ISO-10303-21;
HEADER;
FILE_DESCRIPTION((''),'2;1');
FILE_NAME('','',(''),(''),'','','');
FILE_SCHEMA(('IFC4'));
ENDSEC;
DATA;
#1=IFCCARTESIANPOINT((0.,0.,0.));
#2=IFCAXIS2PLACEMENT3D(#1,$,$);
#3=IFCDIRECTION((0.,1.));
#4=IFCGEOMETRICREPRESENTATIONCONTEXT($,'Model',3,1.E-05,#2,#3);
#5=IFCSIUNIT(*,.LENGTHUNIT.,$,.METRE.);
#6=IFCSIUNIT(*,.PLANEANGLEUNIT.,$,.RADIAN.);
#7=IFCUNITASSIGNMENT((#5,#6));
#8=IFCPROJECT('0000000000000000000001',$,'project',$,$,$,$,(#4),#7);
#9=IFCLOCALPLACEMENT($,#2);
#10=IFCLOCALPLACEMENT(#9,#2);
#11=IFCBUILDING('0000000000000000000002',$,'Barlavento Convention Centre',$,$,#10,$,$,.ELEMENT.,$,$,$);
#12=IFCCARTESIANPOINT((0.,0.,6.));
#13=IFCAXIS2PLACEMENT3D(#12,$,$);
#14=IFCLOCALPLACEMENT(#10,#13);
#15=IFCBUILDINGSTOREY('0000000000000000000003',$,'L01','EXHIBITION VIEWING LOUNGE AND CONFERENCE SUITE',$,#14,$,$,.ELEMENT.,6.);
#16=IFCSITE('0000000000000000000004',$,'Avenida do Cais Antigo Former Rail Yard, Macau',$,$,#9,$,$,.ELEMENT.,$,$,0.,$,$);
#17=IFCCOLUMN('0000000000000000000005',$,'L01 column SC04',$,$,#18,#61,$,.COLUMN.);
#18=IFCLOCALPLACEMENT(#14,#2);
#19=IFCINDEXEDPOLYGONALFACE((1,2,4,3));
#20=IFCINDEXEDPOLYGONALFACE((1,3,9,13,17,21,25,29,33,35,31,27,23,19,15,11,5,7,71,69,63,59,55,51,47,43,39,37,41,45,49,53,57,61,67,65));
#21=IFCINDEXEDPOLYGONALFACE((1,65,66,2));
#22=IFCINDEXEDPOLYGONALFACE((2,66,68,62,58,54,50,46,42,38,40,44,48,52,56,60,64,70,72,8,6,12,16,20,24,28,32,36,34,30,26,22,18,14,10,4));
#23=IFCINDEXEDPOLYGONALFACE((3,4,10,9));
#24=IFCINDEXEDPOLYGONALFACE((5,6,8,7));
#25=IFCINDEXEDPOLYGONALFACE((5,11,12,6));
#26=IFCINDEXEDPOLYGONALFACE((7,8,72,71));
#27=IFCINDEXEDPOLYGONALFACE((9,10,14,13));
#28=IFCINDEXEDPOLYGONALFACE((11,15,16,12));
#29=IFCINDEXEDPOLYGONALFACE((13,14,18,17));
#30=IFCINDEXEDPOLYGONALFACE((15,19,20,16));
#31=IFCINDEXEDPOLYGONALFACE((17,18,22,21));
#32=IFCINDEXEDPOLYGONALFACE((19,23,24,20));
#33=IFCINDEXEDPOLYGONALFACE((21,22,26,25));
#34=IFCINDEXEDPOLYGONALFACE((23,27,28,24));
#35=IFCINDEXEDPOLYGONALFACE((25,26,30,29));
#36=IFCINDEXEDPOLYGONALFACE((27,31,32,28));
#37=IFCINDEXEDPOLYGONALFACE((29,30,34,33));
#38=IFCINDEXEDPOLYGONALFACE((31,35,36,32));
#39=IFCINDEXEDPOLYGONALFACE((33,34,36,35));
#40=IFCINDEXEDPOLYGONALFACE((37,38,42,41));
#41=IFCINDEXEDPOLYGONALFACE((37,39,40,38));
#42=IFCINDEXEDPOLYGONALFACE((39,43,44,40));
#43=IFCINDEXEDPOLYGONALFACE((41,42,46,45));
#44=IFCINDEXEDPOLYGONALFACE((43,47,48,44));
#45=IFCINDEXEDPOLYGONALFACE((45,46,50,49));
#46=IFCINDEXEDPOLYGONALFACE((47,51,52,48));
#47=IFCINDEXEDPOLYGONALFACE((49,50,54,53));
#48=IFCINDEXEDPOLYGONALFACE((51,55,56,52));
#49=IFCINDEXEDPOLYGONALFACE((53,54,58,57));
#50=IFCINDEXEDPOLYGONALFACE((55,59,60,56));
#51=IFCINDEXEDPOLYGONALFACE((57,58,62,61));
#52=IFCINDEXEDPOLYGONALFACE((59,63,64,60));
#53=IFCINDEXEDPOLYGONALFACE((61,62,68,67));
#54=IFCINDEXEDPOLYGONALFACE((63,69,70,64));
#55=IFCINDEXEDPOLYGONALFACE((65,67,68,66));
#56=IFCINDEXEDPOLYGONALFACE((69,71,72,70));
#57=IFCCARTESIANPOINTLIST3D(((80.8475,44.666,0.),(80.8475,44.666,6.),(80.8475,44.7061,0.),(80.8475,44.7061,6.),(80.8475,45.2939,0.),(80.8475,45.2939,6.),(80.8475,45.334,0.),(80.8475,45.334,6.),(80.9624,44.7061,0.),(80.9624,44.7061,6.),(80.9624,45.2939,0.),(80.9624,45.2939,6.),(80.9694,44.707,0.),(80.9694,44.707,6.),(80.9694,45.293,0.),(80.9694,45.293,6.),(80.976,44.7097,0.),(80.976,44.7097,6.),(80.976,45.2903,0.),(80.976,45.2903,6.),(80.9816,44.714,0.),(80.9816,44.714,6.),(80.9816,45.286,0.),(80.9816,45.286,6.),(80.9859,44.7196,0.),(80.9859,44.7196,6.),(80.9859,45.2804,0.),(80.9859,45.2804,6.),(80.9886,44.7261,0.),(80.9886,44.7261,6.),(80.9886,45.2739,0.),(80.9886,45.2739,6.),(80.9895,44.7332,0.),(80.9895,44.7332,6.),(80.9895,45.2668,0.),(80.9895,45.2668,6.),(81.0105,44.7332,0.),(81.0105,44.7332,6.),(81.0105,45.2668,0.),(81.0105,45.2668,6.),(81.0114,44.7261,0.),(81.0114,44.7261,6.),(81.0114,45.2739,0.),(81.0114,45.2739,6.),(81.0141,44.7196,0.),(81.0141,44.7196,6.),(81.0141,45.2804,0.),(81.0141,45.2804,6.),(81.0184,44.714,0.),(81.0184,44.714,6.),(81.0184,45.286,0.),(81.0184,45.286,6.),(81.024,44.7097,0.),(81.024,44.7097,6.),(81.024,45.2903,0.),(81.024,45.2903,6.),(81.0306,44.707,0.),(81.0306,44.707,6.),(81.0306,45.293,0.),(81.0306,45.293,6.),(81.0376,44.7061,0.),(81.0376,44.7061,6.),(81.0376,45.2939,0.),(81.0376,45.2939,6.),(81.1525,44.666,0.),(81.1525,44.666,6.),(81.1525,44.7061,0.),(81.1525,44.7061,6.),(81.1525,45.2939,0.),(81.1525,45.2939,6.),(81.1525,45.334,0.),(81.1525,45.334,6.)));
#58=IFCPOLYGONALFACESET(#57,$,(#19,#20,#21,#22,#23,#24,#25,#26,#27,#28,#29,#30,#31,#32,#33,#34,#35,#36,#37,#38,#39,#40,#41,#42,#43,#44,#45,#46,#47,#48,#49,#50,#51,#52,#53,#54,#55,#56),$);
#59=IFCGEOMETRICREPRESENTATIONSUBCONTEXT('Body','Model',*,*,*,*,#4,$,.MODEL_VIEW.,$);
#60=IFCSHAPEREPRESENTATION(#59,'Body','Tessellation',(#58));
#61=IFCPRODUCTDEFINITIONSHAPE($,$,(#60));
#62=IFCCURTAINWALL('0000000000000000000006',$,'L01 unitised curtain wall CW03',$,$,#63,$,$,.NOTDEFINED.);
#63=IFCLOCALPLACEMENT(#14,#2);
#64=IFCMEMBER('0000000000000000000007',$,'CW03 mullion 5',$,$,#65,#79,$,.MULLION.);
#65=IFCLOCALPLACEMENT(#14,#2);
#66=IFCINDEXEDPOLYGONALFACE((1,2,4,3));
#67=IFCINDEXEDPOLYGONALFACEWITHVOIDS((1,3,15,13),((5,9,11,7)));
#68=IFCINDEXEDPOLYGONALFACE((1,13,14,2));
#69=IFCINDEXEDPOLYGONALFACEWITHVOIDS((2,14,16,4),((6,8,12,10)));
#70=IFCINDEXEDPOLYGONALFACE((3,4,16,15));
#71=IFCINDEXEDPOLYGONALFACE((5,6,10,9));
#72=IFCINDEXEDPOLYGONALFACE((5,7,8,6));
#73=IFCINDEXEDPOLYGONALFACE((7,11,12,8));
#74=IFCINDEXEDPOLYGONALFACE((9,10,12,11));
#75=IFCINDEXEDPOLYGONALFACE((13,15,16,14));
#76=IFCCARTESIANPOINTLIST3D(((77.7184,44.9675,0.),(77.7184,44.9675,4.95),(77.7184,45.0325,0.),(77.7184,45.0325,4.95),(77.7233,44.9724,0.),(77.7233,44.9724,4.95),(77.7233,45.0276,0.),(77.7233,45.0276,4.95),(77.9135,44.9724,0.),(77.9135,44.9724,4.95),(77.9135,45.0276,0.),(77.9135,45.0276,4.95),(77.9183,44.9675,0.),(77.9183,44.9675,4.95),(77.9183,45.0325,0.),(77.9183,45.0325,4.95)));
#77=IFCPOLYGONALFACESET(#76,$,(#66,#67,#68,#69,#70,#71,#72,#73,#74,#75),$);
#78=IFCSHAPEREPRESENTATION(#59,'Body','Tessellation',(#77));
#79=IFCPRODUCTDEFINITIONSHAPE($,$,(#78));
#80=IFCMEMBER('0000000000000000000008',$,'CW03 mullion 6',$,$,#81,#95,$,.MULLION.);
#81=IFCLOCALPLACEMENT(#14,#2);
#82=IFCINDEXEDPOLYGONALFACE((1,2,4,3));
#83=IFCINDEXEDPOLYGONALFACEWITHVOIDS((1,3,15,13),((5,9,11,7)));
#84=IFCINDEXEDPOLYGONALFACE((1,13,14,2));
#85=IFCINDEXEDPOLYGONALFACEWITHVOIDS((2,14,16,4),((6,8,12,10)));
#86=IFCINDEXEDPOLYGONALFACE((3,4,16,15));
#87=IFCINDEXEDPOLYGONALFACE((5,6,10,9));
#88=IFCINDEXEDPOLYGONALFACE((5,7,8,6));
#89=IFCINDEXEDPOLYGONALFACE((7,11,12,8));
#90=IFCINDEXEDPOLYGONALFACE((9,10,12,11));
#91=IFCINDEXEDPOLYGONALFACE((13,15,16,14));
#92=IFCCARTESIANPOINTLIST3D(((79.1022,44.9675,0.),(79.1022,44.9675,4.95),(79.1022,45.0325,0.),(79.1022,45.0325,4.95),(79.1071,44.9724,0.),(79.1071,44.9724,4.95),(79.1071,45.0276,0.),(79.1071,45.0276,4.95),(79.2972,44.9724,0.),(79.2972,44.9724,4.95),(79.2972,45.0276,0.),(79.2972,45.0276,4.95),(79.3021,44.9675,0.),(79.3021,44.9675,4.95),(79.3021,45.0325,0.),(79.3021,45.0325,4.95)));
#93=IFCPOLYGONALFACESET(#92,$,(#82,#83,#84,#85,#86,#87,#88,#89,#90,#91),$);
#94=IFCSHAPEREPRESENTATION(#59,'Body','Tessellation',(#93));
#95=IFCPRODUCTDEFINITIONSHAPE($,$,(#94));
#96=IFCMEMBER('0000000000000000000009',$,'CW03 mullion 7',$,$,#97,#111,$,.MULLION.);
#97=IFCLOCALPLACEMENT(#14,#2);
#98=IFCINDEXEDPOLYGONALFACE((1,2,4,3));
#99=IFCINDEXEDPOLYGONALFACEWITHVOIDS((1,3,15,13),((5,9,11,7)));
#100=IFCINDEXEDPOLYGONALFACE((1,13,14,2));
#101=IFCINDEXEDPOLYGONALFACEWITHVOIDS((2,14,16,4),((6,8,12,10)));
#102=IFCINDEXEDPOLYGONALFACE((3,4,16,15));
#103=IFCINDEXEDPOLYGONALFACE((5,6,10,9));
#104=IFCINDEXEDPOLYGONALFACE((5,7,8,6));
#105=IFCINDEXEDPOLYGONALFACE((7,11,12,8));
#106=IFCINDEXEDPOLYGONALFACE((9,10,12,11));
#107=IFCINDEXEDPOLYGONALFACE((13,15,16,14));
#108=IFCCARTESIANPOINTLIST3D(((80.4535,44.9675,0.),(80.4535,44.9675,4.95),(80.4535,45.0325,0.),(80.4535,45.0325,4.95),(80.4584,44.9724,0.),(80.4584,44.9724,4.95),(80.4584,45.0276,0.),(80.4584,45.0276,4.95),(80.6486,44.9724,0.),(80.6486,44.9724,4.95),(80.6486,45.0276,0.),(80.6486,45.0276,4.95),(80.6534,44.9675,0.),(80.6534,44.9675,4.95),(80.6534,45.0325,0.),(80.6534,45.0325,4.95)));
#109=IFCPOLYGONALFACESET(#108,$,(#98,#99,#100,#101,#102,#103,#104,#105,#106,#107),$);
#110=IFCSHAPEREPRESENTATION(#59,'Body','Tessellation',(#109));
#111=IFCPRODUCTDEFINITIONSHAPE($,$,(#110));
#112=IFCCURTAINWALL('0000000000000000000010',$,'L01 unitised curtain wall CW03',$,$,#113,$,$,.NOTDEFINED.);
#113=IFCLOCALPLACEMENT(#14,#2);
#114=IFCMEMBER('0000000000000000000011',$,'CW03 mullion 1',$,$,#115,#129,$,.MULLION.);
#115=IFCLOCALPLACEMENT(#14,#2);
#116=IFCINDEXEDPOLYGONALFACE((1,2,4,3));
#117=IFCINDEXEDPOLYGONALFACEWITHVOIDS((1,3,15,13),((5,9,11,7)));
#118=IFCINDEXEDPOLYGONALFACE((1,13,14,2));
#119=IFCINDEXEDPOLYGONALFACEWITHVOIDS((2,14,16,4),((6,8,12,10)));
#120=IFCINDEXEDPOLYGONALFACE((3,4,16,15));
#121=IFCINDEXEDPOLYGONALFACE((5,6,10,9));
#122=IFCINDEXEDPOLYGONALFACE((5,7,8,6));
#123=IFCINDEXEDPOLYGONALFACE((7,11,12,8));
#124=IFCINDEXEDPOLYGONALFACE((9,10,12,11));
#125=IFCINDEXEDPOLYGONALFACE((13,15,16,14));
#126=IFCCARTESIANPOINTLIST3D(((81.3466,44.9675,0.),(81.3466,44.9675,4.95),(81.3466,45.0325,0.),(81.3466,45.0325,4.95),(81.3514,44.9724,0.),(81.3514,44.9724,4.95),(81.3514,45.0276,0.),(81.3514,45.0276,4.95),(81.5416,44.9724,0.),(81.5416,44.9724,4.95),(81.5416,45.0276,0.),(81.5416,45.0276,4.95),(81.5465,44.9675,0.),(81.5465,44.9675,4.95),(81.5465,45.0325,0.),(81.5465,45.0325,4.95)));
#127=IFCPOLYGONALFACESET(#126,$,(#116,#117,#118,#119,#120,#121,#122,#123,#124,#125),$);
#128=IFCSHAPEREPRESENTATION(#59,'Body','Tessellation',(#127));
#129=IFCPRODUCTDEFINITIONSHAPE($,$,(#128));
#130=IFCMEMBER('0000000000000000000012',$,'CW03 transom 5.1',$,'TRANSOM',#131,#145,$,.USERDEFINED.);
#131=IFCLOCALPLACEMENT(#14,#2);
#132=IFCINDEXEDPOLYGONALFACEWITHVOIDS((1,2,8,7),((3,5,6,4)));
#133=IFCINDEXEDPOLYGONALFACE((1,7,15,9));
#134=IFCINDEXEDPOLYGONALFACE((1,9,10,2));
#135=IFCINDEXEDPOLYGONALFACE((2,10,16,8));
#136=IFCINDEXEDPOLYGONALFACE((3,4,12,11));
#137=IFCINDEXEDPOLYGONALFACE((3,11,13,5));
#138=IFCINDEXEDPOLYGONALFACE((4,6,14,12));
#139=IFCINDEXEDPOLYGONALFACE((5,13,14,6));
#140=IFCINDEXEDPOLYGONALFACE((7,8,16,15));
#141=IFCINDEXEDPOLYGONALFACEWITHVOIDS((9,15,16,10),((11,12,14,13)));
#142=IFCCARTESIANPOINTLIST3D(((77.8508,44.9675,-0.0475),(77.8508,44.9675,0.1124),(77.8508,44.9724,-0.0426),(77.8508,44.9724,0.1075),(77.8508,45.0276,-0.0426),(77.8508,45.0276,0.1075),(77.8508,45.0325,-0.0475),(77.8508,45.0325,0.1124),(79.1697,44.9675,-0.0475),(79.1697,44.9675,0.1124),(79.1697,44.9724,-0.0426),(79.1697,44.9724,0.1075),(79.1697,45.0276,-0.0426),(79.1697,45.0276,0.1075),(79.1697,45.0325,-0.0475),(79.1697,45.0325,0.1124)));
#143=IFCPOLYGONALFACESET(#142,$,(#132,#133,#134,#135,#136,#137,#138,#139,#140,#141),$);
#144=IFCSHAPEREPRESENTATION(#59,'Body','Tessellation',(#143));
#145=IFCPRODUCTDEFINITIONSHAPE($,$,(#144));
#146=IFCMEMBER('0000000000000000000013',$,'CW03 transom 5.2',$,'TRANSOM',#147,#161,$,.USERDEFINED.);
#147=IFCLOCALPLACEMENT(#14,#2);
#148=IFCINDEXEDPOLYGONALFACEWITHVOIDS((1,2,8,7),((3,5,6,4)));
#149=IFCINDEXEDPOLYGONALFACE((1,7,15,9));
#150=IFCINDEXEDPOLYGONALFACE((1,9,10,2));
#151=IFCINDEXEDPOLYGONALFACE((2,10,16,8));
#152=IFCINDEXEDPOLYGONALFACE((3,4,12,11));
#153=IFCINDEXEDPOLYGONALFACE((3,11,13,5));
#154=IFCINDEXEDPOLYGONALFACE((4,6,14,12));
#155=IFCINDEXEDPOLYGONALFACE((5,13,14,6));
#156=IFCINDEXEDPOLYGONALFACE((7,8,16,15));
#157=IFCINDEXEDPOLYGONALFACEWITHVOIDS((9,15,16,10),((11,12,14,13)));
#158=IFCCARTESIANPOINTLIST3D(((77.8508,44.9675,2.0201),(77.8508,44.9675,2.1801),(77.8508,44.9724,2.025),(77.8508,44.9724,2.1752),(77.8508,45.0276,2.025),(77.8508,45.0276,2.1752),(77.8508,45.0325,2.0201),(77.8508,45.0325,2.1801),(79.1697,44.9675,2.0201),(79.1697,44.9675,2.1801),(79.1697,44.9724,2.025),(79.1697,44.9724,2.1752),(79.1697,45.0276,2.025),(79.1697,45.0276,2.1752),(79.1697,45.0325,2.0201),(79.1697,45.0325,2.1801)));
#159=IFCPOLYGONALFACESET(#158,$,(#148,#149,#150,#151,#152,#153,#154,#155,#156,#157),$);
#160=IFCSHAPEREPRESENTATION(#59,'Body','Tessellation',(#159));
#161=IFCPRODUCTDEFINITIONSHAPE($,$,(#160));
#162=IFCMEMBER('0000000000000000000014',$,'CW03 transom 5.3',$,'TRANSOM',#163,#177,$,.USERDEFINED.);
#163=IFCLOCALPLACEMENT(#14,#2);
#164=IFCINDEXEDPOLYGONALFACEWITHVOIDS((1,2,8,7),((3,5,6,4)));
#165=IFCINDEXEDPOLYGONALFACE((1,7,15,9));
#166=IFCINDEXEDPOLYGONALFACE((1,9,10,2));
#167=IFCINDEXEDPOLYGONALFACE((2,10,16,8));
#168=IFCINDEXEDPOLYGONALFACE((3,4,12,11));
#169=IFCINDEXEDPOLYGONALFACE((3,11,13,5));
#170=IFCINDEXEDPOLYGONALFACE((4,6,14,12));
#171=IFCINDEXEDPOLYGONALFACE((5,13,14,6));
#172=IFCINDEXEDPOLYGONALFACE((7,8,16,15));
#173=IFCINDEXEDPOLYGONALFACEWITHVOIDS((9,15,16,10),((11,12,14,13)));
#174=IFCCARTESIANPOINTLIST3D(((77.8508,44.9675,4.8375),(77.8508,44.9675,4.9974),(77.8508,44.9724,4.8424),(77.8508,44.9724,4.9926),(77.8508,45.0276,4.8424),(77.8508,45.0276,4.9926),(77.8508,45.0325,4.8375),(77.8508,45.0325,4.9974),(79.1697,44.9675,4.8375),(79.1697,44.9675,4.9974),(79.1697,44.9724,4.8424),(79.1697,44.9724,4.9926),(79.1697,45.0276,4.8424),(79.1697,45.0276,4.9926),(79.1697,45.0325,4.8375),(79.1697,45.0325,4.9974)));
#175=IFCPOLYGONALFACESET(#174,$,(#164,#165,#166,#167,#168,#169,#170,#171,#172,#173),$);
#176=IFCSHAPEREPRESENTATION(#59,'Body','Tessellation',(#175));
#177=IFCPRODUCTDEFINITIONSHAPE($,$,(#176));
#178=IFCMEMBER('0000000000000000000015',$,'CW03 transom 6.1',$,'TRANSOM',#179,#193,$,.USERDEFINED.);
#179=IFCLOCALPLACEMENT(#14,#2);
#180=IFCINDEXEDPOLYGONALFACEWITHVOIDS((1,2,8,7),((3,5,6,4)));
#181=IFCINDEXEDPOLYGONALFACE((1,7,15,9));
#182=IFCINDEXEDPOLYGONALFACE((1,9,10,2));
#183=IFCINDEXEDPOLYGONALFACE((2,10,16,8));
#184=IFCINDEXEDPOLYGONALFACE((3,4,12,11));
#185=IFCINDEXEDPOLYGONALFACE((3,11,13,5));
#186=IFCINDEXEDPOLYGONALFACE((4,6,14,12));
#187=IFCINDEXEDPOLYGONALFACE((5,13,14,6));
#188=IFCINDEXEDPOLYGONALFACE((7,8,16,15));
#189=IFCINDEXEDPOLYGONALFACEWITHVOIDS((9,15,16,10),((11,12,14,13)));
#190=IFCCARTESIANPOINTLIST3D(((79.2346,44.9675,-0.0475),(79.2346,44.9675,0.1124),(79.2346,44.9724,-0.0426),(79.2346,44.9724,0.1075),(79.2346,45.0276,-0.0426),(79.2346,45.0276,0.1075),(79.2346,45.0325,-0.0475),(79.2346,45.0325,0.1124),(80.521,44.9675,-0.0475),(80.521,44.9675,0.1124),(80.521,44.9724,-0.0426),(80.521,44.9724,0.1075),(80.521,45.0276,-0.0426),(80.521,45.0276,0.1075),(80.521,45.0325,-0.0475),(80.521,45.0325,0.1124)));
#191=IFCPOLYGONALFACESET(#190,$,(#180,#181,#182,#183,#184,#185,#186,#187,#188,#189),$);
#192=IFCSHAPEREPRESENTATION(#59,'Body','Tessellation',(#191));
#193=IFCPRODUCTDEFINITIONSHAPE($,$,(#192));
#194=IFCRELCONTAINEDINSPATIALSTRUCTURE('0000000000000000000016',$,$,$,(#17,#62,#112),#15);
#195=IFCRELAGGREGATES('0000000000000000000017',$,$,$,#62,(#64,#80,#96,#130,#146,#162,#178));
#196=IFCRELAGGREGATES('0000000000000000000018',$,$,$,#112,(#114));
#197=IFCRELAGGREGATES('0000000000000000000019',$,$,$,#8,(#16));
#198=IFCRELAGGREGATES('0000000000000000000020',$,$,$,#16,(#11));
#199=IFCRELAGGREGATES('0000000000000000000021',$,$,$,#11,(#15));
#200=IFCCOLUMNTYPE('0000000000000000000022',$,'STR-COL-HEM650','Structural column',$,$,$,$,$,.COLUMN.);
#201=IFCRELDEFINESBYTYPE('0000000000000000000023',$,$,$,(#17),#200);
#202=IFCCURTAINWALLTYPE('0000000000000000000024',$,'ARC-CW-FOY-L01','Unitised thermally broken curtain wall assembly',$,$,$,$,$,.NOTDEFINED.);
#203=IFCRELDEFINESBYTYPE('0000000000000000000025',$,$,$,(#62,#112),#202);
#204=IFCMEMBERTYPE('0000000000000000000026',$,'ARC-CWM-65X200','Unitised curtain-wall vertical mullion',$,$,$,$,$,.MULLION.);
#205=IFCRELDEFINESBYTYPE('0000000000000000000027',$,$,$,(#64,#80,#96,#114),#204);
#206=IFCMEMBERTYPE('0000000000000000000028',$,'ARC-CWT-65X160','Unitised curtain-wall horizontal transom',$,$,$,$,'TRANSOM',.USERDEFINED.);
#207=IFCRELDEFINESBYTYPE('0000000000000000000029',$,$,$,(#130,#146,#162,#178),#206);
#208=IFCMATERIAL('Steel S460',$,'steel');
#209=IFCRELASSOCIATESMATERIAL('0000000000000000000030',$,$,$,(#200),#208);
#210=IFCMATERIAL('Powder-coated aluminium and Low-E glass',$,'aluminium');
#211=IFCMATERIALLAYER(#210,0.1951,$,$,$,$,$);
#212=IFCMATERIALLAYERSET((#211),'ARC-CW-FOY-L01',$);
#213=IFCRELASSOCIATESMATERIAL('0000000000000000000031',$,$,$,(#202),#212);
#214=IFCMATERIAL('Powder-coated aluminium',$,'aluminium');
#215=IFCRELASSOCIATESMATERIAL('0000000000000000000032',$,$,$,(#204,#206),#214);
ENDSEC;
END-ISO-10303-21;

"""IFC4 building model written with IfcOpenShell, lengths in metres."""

from ifc_helpers import new_model, si_unit, direction, frame, origin, origin_2d, place, context, subcontext, project, spatial, hollow_rectangle, i_section, extrude, material, layer, layer_set, material_profile, profile_set, type_object, element, aggregate, save


model = new_model("IFC4")

# Units and contexts
model_context = context("Model", 3, precision=1e-05, world=origin(), true_north=direction((0.0, 1.0)))
body_context = subcontext(model_context, "Body", "Model", "MODEL_VIEW")
ifc_project = project(units=[si_unit("LENGTHUNIT", "METRE"), si_unit("PLANEANGLEUNIT", "RADIAN")], contexts=[model_context])

# Site, building, storey
site_placement = place(None, origin())
site = spatial("IfcSite", under=ifc_project, at=site_placement, Name="Avenida do Cais Antigo Former Rail Yard, Macau", CompositionType="ELEMENT", RefElevation=0.0)
building_placement = place(site_placement, origin())
building = spatial("IfcBuilding", under=site, at=building_placement, Name="Barlavento Convention Centre", CompositionType="ELEMENT")
storey_placement = place(building_placement, frame((0.0, 0.0, 6.0)))
storey = spatial("IfcBuildingStorey", under=building, at=storey_placement, Name="L01", Description="EXHIBITION VIEWING LOUNGE AND CONFERENCE SUITE", CompositionType="ELEMENT", Elevation=6.0)

# Column
ifc_material_1 = material(Name="Steel S460", Category="steel")
ifc_material_profile_1 = material_profile(ifc_material_1, i_section(OverallWidth=0.3049, OverallDepth=0.668, WebThickness=0.021, FlangeThickness=0.04, FilletRadius=0.0271, at=origin_2d()), Name="HEM 650")
ifc_profile_set_1 = profile_set([ifc_material_profile_1], Name="Steel S460")
column_type = type_object("IfcColumnType", Name="STR-COL-HEM650", Description="Structural column", PredefinedType="COLUMN", material=ifc_profile_set_1)
column_placement = place(storey_placement, frame((81.0, 45.0, 0.0), z_axis=(0.0, 0.0, 1.0), x_axis=(1.0, 0.0, 0.0)))
element("IfcColumn", 1, at=column_placement, inside=storey, type_object=column_type, Name="L01 column SC04", PredefinedType="COLUMN", context=body_context, shape_type="SweptSolid", body=[
    extrude(i_section(OverallWidth=0.3049, OverallDepth=0.668, WebThickness=0.021, FlangeThickness=0.04, FilletRadius=0.0271, at=origin_2d()), origin(), (0.0, 0.0, 1.0), 6.0),
])

# Curtain wall, members
ifc_material_2 = material(Name="Powder-coated aluminium and Low-E glass", Category="aluminium")
ifc_layer_1 = layer(ifc_material_2, 0.1951)
ifc_layer_set_1 = layer_set([ifc_layer_1], Name="ARC-CW-FOY-L01")
curtain_wall_type = type_object("IfcCurtainWallType", Name="ARC-CW-FOY-L01", Description="Unitised thermally broken curtain wall assembly", PredefinedType="NOTDEFINED", material=ifc_layer_set_1)
curtain_wall_1_placement = place(storey_placement, origin())
curtain_wall_1 = element("IfcCurtainWall", 2, at=curtain_wall_1_placement, inside=storey, type_object=curtain_wall_type, Name="L01 unitised curtain wall CW03", PredefinedType="NOTDEFINED")
ifc_material_3 = material(Name="Powder-coated aluminium", Category="aluminium")
ifc_material_profile_2 = material_profile(ifc_material_3, hollow_rectangle(XDim=0.0649, YDim=0.2, WallThickness=0.0049, at=origin_2d()), Name="AL-MULL 65x200x5")
ifc_profile_set_2 = profile_set([ifc_material_profile_2], Name="Powder-coated aluminium")
member_type_1 = type_object("IfcMemberType", Name="ARC-CWM-65X200", Description="Unitised curtain-wall vertical mullion", PredefinedType="MULLION", material=ifc_profile_set_2)
member_1_placement = place(storey_placement, frame((77.8184, 45.0, 0.0), z_axis=(0.0, 0.0, 1.0), x_axis=(0.0, 1.0, 0.0)))
member_1 = element("IfcMember", 3, at=member_1_placement, type_object=member_type_1, Name="CW03 mullion 5", PredefinedType="MULLION", context=body_context, shape_type="SweptSolid", body=[
    extrude(hollow_rectangle(XDim=0.0649, YDim=0.2, WallThickness=0.0049, at=origin_2d()), origin(), (0.0, 0.0, 1.0), 4.95),
])
member_2_placement = place(storey_placement, frame((79.2021, 45.0, 0.0), z_axis=(0.0, 0.0, 1.0), x_axis=(0.0, 1.0, 0.0)))
member_2 = element("IfcMember", 4, at=member_2_placement, type_object=member_type_1, Name="CW03 mullion 6", PredefinedType="MULLION", context=body_context, shape_type="SweptSolid", body=[
    extrude(hollow_rectangle(XDim=0.0649, YDim=0.2, WallThickness=0.0049, at=origin_2d()), origin(), (0.0, 0.0, 1.0), 4.95),
])
member_3_placement = place(storey_placement, frame((80.5535, 45.0, 0.0), z_axis=(0.0, 0.0, 1.0), x_axis=(0.0, 1.0, 0.0)))
member_3 = element("IfcMember", 5, at=member_3_placement, type_object=member_type_1, Name="CW03 mullion 7", PredefinedType="MULLION", context=body_context, shape_type="SweptSolid", body=[
    extrude(hollow_rectangle(XDim=0.0649, YDim=0.2, WallThickness=0.0049, at=origin_2d()), origin(), (0.0, 0.0, 1.0), 4.95),
])

# Curtain wall, member
curtain_wall_2_placement = place(storey_placement, origin())
curtain_wall_2 = element("IfcCurtainWall", 6, at=curtain_wall_2_placement, inside=storey, type_object=curtain_wall_type, Name="L01 unitised curtain wall CW03", PredefinedType="NOTDEFINED")
member_4_placement = place(storey_placement, frame((81.4465, 45.0, 0.0), z_axis=(0.0, 0.0, 1.0), x_axis=(0.0, 1.0, 0.0)))
member_4 = element("IfcMember", 7, at=member_4_placement, type_object=member_type_1, Name="CW03 mullion 1", PredefinedType="MULLION", context=body_context, shape_type="SweptSolid", body=[
    extrude(hollow_rectangle(XDim=0.0649, YDim=0.2, WallThickness=0.0049, at=origin_2d()), origin(), (0.0, 0.0, 1.0), 4.95),
])

# Members
ifc_material_profile_3 = material_profile(ifc_material_3, hollow_rectangle(XDim=0.0649, YDim=0.1599, WallThickness=0.0049, at=origin_2d()), Name="AL-TRAN 65x160x5")
ifc_profile_set_3 = profile_set([ifc_material_profile_3], Name="Powder-coated aluminium")
member_type_2 = type_object("IfcMemberType", Name="ARC-CWT-65X160", Description="Unitised curtain-wall horizontal transom", ElementType="TRANSOM", PredefinedType="USERDEFINED", material=ifc_profile_set_3)
member_5_placement = place(storey_placement, frame((77.8508, 45.0, 0.0325), z_axis=(1.0, 0.0, 0.0), x_axis=(0.0, 1.0, 0.0)))
member_5 = element("IfcMember", 8, at=member_5_placement, type_object=member_type_2, Name="CW03 transom 5.1", ObjectType="TRANSOM", PredefinedType="USERDEFINED", context=body_context, shape_type="SweptSolid", body=[
    extrude(hollow_rectangle(XDim=0.0649, YDim=0.1599, WallThickness=0.0049, at=origin_2d()), origin(), (0.0, 0.0, 1.0), 1.3188),
])
member_6_placement = place(storey_placement, frame((77.8508, 45.0, 2.1001), z_axis=(1.0, 0.0, 0.0), x_axis=(0.0, 1.0, 0.0)))
member_6 = element("IfcMember", 9, at=member_6_placement, type_object=member_type_2, Name="CW03 transom 5.2", ObjectType="TRANSOM", PredefinedType="USERDEFINED", context=body_context, shape_type="SweptSolid", body=[
    extrude(hollow_rectangle(XDim=0.0649, YDim=0.1599, WallThickness=0.0049, at=origin_2d()), origin(), (0.0, 0.0, 1.0), 1.3188),
])
member_7_placement = place(storey_placement, frame((77.8508, 45.0, 4.9175), z_axis=(1.0, 0.0, 0.0), x_axis=(0.0, 1.0, 0.0)))
member_7 = element("IfcMember", 10, at=member_7_placement, type_object=member_type_2, Name="CW03 transom 5.3", ObjectType="TRANSOM", PredefinedType="USERDEFINED", context=body_context, shape_type="SweptSolid", body=[
    extrude(hollow_rectangle(XDim=0.0649, YDim=0.1599, WallThickness=0.0049, at=origin_2d()), origin(), (0.0, 0.0, 1.0), 1.3188),
])
member_8_placement = place(storey_placement, frame((79.2346, 45.0, 0.0325), z_axis=(1.0, 0.0, 0.0), x_axis=(0.0, 1.0, 0.0)))
member_8 = element("IfcMember", 11, at=member_8_placement, type_object=member_type_2, Name="CW03 transom 6.1", ObjectType="TRANSOM", PredefinedType="USERDEFINED", context=body_context, shape_type="SweptSolid", body=[
    extrude(hollow_rectangle(XDim=0.0649, YDim=0.1599, WallThickness=0.0049, at=origin_2d()), origin(), (0.0, 0.0, 1.0), 1.2864),
])

aggregate(curtain_wall_1, [member_1, member_2, member_3, member_5, member_6, member_7, member_8])
aggregate(curtain_wall_2, [member_4])

save(model, "model.ifc")
